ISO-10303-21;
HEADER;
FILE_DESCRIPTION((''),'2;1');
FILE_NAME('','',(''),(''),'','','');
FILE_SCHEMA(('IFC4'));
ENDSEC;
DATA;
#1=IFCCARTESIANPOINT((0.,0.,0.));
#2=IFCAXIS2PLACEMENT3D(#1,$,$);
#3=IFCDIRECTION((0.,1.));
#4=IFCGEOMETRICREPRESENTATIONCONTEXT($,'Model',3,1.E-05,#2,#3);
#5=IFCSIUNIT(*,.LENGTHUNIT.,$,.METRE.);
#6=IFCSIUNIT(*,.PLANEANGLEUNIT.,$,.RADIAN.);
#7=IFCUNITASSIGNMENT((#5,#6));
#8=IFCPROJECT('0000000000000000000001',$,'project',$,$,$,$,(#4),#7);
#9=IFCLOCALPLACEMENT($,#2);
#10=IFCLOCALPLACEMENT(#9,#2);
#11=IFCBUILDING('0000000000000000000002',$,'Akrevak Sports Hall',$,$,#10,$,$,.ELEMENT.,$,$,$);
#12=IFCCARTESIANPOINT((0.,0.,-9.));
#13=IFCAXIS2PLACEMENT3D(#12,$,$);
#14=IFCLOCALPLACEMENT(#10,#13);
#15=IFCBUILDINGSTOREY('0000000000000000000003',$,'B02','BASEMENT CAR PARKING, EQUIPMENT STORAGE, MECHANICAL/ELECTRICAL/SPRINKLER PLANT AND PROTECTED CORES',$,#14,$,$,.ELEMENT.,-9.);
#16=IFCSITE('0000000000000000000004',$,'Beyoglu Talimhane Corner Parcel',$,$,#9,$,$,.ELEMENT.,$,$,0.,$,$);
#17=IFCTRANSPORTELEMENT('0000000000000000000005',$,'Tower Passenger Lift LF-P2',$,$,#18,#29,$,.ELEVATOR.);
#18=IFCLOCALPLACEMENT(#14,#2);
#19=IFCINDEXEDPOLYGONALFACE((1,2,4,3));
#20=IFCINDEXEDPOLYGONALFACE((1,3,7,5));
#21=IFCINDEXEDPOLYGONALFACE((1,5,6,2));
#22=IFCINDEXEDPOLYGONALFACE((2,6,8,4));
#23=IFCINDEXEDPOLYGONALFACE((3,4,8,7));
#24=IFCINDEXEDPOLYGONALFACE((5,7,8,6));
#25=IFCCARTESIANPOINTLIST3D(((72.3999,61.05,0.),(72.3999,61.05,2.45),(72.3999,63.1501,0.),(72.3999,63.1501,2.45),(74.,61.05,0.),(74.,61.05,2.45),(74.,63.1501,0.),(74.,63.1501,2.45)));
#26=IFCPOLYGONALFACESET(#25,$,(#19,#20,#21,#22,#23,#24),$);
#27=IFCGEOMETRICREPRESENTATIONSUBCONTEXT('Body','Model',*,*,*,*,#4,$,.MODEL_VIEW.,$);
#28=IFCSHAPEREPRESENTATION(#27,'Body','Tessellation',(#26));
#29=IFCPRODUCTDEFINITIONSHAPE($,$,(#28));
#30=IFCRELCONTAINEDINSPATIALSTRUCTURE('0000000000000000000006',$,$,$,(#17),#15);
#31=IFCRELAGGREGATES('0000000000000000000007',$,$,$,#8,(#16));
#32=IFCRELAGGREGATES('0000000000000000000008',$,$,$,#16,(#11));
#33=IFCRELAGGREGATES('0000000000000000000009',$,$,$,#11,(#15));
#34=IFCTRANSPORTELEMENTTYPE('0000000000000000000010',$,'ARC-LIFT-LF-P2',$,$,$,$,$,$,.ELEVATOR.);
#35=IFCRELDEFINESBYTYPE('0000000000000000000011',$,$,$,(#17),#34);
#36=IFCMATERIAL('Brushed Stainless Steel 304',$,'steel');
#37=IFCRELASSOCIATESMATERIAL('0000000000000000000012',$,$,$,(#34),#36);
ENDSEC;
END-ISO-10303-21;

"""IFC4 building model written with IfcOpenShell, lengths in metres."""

from ifc_helpers import new_model, si_unit, direction, frame, origin, origin_2d, place, context, subcontext, project, spatial, rectangle, extrude, material, type_object, element, save


model = new_model("IFC4")

# Units and contexts
model_context = context("Model", 3, precision=1e-05, world=origin(), true_north=direction((0.0, 1.0)))
body_context = subcontext(model_context, "Body", "Model", "MODEL_VIEW")
ifc_project = project(units=[si_unit("LENGTHUNIT", "METRE"), si_unit("PLANEANGLEUNIT", "RADIAN")], contexts=[model_context])

# Site, building, storey
site_placement = place(None, origin())
site = spatial("IfcSite", under=ifc_project, at=site_placement, Name="Beyoglu Talimhane Corner Parcel", CompositionType="ELEMENT", RefElevation=0.0)
building_placement = place(site_placement, origin())
building = spatial("IfcBuilding", under=site, at=building_placement, Name="Akrevak Sports Hall", CompositionType="ELEMENT")
storey_placement = place(building_placement, frame((0.0, 0.0, -9.0)))
storey = spatial("IfcBuildingStorey", under=building, at=storey_placement, Name="B02", Description="BASEMENT CAR PARKING, EQUIPMENT STORAGE, MECHANICAL/ELECTRICAL/SPRINKLER PLANT AND PROTECTED CORES", CompositionType="ELEMENT", Elevation=-9.0)

# Shared definitions
ifc_material_1 = material(Name="Brushed Stainless Steel 304", Category="steel")

# Transport element
transport_element_type = type_object("IfcTransportElementType", Name="ARC-LIFT-LF-P2", PredefinedType="ELEVATOR", material=ifc_material_1)
transport_element_placement = place(storey_placement, frame((73.2, 62.1001, 0.0), z_axis=(0.0, 0.0, 1.0), x_axis=(1.0, 0.0, 0.0)))
element("IfcTransportElement", 1, at=transport_element_placement, inside=storey, type_object=transport_element_type, Name="Tower Passenger Lift LF-P2", PredefinedType="ELEVATOR", context=body_context, shape_type="SweptSolid", body=[
    extrude(rectangle(XDim=1.6001, YDim=2.1001, at=origin_2d()), origin(), (0.0, 0.0, 1.0), 2.45),
])

save(model, "model.ifc")
